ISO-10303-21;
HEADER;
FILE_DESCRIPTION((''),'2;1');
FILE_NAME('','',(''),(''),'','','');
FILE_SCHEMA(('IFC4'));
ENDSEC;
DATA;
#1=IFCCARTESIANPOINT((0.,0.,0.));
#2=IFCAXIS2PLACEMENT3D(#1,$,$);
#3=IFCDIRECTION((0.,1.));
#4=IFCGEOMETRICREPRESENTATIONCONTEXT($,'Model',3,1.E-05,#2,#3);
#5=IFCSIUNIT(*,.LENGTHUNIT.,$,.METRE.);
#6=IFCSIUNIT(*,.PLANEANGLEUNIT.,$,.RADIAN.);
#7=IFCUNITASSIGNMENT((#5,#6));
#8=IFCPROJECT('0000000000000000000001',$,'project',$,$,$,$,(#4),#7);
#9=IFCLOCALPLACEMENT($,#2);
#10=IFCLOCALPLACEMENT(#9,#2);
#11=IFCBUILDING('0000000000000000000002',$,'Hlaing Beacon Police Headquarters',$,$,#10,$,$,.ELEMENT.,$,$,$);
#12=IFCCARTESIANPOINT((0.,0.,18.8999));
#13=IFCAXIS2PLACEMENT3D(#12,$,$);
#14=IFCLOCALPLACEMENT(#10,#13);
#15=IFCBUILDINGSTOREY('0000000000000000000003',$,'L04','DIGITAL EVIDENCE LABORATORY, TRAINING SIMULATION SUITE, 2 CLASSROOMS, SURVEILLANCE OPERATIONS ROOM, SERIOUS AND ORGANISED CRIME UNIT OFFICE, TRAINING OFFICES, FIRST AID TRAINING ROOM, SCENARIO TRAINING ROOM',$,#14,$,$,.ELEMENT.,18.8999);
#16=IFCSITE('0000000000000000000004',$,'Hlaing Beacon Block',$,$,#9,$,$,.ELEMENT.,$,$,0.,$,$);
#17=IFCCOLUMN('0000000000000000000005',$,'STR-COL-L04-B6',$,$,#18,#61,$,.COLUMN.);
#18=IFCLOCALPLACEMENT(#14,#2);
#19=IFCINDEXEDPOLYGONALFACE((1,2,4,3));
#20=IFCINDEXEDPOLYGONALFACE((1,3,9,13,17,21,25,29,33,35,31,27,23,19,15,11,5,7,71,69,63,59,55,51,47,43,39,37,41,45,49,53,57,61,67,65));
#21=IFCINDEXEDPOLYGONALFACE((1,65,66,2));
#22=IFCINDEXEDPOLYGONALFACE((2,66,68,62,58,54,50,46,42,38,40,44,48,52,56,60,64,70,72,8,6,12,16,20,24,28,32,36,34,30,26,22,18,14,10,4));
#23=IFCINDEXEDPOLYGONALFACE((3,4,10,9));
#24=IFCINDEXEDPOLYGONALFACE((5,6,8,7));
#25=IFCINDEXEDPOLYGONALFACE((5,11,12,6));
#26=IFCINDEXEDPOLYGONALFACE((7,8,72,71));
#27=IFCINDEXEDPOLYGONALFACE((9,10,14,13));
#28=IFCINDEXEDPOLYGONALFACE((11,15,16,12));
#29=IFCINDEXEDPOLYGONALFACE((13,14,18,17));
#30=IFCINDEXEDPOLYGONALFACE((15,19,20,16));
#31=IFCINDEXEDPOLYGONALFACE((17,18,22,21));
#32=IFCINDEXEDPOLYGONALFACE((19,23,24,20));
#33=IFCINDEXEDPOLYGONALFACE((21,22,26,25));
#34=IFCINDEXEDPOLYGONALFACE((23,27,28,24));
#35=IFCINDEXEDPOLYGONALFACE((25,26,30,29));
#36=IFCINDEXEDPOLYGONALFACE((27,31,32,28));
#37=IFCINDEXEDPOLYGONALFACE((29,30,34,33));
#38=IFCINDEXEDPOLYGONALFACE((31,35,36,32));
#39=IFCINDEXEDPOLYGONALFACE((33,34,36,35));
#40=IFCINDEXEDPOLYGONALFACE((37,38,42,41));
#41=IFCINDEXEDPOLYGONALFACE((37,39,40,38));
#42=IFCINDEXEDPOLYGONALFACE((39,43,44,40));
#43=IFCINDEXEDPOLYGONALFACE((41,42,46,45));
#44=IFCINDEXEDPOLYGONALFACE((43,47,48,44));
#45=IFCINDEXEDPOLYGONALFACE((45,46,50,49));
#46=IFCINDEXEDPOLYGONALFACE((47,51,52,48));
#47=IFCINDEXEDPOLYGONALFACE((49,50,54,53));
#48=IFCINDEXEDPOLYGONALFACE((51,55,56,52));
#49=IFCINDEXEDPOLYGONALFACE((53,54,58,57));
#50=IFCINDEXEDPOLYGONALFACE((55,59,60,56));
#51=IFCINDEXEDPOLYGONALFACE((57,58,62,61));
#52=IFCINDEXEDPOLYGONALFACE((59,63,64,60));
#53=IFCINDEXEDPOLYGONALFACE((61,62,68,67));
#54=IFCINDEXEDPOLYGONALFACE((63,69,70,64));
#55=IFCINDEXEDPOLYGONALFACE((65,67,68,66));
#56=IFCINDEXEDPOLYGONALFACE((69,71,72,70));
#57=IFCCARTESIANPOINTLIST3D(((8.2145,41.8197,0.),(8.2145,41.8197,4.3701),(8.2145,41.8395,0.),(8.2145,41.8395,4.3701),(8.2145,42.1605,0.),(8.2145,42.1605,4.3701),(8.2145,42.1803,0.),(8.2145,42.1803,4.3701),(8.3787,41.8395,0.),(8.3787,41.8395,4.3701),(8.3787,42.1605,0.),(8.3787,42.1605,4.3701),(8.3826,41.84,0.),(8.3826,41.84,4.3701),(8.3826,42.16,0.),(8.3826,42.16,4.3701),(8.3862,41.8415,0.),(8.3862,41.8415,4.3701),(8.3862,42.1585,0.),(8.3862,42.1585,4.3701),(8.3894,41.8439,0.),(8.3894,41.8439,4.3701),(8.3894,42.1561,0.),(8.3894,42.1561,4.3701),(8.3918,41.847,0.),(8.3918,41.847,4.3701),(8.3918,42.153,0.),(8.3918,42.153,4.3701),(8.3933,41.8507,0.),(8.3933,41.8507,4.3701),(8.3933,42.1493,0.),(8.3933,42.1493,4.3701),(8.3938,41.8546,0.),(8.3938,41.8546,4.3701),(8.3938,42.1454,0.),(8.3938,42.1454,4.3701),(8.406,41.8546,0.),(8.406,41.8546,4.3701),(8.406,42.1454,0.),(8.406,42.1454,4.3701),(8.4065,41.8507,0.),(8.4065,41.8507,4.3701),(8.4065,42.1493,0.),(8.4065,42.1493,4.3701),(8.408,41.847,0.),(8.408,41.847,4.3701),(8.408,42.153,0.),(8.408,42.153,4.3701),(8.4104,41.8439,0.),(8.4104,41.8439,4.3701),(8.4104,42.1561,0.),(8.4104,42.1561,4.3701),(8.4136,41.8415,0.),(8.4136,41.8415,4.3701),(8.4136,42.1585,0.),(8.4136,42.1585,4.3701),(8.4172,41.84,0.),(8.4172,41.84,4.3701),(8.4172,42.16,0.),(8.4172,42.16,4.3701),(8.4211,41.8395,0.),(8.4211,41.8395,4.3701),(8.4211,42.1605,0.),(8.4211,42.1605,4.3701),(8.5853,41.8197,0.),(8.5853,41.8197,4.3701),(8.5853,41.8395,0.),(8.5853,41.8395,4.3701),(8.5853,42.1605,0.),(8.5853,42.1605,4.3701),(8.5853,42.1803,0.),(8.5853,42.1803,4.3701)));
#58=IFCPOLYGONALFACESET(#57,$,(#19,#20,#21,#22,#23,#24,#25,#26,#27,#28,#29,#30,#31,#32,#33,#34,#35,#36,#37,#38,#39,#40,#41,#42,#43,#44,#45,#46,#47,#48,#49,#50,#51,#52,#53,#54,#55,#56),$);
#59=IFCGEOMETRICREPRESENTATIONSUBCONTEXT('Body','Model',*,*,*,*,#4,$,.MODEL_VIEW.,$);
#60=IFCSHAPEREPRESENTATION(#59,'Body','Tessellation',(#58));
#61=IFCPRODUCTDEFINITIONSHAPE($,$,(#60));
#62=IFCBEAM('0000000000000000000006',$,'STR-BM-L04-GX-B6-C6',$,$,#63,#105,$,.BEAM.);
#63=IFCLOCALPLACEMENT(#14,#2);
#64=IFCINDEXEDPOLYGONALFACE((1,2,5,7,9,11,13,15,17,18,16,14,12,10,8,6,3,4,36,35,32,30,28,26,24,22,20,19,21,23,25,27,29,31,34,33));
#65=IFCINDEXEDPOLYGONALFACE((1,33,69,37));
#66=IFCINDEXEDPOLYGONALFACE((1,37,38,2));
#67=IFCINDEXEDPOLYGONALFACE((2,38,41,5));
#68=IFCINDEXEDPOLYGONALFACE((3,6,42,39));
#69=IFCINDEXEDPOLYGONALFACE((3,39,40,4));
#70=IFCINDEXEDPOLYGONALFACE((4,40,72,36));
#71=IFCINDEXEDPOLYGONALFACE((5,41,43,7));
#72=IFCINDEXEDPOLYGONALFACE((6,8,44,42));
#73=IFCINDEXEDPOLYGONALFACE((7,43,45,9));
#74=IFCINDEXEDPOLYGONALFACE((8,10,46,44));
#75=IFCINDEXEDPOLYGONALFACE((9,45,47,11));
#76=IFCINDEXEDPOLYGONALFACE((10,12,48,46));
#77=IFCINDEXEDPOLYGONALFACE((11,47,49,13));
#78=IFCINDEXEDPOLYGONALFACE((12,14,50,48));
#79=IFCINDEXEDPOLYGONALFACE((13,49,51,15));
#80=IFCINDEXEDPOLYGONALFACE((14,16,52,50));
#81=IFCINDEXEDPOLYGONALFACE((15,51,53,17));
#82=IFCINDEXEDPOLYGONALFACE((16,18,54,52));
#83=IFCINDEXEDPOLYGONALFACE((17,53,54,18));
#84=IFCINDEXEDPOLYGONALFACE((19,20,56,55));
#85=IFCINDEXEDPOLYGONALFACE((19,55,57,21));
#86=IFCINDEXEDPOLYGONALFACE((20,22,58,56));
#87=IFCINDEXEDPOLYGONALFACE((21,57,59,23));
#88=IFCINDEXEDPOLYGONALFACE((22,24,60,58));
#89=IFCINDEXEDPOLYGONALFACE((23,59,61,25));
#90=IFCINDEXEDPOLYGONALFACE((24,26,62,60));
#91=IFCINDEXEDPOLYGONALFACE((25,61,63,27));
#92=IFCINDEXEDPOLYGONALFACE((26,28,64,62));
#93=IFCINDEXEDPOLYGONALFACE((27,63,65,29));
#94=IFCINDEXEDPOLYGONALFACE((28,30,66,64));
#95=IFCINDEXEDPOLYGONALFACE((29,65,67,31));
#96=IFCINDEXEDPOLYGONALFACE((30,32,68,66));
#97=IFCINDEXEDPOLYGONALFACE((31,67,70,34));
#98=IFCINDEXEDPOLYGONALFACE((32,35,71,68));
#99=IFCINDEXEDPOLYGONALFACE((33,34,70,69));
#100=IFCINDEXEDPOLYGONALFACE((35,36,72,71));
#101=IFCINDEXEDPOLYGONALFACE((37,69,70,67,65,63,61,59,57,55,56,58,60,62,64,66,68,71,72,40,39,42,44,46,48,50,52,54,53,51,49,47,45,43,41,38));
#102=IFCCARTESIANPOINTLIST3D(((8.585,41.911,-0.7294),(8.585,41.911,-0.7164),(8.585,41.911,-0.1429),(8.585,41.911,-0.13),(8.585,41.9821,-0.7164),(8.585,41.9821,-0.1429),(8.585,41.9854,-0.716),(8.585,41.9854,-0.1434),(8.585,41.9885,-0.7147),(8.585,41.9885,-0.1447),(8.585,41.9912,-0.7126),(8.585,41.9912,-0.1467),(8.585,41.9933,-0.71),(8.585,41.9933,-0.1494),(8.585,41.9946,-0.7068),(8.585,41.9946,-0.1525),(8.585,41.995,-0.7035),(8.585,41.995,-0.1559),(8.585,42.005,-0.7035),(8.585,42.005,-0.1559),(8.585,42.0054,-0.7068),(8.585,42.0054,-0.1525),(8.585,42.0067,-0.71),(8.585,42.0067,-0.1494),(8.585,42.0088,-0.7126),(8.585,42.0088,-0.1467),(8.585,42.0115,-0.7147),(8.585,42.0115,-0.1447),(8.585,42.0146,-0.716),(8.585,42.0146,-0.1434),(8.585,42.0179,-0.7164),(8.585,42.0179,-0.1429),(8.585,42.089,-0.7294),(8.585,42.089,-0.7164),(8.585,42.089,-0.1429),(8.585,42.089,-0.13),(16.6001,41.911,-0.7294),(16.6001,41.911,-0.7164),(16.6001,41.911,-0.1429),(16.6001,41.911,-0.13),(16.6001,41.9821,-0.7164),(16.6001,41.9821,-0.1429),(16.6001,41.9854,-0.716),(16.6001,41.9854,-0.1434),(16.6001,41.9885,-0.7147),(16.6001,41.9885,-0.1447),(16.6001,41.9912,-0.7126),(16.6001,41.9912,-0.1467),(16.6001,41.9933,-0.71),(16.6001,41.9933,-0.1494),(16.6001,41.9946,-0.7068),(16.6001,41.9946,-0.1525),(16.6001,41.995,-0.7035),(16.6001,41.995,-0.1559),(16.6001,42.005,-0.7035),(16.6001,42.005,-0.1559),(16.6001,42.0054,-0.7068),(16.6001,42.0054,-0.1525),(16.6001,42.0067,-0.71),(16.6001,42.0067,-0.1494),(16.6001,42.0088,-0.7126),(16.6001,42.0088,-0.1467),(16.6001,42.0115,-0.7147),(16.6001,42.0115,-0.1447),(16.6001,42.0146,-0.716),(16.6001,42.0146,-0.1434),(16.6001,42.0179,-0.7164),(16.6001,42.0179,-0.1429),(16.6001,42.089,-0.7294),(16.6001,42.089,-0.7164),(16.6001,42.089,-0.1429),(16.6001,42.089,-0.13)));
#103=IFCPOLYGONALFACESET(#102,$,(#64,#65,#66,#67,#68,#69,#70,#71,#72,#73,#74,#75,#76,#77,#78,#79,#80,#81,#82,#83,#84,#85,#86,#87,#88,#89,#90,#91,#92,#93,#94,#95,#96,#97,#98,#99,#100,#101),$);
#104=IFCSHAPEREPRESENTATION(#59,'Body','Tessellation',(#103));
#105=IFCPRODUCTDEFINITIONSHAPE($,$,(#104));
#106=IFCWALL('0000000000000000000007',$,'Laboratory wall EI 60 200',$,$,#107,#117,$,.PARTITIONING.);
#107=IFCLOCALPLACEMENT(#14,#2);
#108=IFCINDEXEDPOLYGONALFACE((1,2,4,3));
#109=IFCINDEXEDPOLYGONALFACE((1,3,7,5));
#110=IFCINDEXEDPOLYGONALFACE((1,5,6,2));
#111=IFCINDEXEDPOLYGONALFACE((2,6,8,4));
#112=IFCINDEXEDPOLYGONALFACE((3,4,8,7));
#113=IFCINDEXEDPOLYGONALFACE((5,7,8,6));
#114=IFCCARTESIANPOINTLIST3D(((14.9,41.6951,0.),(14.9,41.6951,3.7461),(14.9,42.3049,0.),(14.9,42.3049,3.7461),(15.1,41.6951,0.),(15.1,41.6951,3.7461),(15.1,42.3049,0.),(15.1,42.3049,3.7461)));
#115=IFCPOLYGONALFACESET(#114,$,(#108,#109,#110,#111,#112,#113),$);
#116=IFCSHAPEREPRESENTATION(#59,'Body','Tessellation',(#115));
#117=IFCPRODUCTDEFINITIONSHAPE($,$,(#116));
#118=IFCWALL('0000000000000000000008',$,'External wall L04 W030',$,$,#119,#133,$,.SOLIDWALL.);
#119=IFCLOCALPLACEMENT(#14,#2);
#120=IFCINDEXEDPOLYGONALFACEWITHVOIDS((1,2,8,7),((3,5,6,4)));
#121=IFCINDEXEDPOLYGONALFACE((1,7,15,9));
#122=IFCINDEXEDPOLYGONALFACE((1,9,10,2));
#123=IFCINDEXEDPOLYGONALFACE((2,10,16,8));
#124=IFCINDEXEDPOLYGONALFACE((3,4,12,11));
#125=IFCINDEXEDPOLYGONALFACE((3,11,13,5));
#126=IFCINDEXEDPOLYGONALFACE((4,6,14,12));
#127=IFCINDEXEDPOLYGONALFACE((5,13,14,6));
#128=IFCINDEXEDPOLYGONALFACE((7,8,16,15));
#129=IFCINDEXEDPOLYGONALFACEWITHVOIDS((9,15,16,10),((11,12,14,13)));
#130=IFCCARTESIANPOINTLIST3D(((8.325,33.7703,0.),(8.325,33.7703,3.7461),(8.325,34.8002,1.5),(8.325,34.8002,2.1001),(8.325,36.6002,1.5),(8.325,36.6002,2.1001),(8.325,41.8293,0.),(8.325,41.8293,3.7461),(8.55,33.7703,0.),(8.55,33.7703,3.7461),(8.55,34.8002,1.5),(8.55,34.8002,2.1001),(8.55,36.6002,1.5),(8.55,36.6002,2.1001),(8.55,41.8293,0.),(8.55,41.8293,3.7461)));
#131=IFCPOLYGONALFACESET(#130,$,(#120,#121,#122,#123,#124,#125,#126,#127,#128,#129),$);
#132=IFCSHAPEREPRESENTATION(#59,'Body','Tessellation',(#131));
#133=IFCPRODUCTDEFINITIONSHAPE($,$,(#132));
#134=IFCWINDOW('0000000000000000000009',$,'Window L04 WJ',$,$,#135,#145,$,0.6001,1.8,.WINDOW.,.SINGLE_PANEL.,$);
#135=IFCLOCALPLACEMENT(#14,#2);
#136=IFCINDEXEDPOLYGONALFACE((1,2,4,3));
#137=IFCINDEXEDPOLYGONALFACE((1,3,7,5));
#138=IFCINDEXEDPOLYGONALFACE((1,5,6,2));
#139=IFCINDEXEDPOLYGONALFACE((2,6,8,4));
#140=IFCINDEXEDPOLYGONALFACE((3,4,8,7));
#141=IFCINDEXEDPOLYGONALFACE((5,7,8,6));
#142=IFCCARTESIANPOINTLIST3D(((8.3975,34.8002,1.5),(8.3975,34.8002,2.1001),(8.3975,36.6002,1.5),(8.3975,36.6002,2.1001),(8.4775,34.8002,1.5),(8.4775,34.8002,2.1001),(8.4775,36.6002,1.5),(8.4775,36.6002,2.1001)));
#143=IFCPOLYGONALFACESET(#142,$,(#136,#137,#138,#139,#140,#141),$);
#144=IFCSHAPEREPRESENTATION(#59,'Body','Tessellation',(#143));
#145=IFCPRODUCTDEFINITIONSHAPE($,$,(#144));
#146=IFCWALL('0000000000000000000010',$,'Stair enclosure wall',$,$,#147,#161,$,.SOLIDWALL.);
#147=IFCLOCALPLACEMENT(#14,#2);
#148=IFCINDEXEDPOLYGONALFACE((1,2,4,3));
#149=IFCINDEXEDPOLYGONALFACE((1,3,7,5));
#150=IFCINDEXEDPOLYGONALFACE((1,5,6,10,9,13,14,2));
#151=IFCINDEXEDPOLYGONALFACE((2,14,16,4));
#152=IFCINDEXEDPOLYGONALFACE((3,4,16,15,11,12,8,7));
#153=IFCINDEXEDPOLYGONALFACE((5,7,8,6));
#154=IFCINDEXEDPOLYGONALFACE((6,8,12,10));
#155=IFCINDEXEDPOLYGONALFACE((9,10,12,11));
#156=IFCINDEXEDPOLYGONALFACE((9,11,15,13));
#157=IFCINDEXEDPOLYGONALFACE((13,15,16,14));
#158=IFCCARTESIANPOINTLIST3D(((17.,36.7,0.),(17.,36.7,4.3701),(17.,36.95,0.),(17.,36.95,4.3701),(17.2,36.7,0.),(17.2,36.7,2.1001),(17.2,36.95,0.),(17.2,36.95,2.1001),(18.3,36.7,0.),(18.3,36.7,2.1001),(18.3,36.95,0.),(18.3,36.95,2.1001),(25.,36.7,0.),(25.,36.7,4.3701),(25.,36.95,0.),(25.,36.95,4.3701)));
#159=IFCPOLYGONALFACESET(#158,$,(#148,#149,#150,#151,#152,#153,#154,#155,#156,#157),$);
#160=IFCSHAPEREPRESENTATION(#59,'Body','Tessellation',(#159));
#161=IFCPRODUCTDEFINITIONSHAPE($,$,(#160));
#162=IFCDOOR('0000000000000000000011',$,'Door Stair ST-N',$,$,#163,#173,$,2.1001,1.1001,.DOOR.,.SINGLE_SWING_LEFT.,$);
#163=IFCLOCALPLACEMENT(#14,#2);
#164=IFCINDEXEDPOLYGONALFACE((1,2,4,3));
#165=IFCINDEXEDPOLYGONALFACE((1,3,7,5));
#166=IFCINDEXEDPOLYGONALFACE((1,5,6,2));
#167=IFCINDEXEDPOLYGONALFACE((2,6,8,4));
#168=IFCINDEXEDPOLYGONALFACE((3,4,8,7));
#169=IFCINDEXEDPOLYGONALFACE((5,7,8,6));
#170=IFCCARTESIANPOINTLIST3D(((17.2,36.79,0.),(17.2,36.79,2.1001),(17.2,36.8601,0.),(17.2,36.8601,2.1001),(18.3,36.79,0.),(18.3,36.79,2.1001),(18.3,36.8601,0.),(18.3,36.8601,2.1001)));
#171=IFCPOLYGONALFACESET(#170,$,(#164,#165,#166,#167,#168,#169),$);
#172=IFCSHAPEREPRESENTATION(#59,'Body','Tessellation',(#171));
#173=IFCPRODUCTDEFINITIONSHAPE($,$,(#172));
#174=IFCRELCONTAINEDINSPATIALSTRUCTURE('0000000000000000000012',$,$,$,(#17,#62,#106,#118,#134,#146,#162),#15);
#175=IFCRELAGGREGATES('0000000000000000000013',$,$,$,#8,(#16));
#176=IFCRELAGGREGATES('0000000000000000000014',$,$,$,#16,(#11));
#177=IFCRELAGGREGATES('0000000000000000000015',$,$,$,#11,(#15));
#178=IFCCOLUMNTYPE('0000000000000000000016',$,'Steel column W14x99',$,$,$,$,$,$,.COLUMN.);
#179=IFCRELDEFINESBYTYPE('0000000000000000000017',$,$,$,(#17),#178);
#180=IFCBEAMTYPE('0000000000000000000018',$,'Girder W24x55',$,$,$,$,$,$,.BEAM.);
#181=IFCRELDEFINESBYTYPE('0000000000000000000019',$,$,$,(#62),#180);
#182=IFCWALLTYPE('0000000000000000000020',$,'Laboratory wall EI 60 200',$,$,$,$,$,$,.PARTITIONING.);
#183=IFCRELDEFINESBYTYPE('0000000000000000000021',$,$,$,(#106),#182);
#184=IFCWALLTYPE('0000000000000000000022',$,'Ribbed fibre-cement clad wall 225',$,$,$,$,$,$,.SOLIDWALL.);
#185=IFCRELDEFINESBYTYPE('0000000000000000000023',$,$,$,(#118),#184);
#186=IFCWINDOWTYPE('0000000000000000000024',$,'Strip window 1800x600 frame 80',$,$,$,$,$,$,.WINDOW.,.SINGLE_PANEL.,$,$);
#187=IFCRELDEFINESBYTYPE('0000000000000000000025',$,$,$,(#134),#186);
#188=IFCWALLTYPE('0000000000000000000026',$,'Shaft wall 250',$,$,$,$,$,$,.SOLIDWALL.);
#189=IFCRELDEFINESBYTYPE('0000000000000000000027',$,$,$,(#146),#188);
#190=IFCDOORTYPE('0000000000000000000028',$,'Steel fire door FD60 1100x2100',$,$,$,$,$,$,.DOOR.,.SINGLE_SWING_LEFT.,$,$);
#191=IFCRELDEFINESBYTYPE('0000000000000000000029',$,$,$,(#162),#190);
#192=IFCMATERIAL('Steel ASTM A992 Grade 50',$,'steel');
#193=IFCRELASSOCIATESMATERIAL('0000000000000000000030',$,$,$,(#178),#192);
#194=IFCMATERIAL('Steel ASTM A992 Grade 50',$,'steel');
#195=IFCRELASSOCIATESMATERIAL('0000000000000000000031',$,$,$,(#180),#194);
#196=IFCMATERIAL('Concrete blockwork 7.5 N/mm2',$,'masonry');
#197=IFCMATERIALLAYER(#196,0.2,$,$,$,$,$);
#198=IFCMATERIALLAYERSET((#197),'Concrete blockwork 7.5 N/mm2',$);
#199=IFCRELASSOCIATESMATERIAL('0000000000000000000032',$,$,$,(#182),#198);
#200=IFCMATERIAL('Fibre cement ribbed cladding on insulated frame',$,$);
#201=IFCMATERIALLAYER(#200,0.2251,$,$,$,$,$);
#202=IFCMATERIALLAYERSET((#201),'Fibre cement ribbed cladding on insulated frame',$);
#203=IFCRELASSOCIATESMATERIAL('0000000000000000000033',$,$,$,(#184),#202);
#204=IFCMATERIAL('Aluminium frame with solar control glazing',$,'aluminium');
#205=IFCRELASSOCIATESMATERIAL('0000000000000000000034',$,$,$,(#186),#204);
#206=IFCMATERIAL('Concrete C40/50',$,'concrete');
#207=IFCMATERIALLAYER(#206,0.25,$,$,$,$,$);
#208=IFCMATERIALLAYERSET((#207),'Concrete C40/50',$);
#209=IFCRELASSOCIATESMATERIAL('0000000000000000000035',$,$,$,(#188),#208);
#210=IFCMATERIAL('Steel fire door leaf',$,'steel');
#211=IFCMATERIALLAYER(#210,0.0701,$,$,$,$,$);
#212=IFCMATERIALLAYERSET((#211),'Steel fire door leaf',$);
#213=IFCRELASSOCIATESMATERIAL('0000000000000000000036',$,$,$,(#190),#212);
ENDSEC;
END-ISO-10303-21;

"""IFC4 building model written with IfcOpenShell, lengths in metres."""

from ifc_helpers import new_model, si_unit, direction, frame, frame_2d, origin, origin_2d, place, context, subcontext, project, spatial, rectangle, i_section, extrude, material, layer, layer_set, material_profile, profile_set, type_object, element, fill, save


model = new_model("IFC4")

# Units and contexts
model_context = context("Model", 3, precision=1e-05, world=origin(), true_north=direction((0.0, 1.0)))
body_context = subcontext(model_context, "Body", "Model", "MODEL_VIEW")
ifc_project = project(units=[si_unit("LENGTHUNIT", "METRE"), si_unit("PLANEANGLEUNIT", "RADIAN")], contexts=[model_context])

# Site, building, storey
site_placement = place(None, origin())
site = spatial("IfcSite", under=ifc_project, at=site_placement, Name="Hlaing Beacon Block", CompositionType="ELEMENT", RefElevation=0.0)
building_placement = place(site_placement, origin())
building = spatial("IfcBuilding", under=site, at=building_placement, Name="Hlaing Beacon Police Headquarters", CompositionType="ELEMENT")
storey_placement = place(building_placement, frame((0.0, 0.0, 18.8999)))
storey = spatial("IfcBuildingStorey", under=building, at=storey_placement, Name="L04", Description="DIGITAL EVIDENCE LABORATORY, TRAINING SIMULATION SUITE, 2 CLASSROOMS, SURVEILLANCE OPERATIONS ROOM, SERIOUS AND ORGANISED CRIME UNIT OFFICE, TRAINING OFFICES, FIRST AID TRAINING ROOM, SCENARIO TRAINING ROOM", CompositionType="ELEMENT", Elevation=18.8999)

# Column
ifc_material_1 = material(Name="Steel ASTM A992 Grade 50", Category="steel")
ifc_material_profile_1 = material_profile(ifc_material_1, i_section(OverallWidth=0.3708, OverallDepth=0.3606, WebThickness=0.0122, FlangeThickness=0.0198, FilletRadius=0.0151, at=origin_2d()), Name="W14x99")
ifc_profile_set_1 = profile_set([ifc_material_profile_1], Name="Steel ASTM A992 Grade 50")
column_type = type_object("IfcColumnType", Name="Steel column W14x99", PredefinedType="COLUMN", material=ifc_profile_set_1)
column_placement = place(storey_placement, frame((8.3999, 42.0, 0.0), z_axis=(0.0, 0.0, 1.0), x_axis=(1.0, 0.0, 0.0)))
element("IfcColumn", 1, at=column_placement, inside=storey, type_object=column_type, Name="STR-COL-L04-B6", PredefinedType="COLUMN", context=body_context, shape_type="SweptSolid", body=[
    extrude(i_section(OverallWidth=0.3708, OverallDepth=0.3606, WebThickness=0.0122, FlangeThickness=0.0198, FilletRadius=0.0151, at=origin_2d()), origin(), (0.0, 0.0, 1.0), 4.3701),
])

# Beam
ifc_material_2 = material(Name="Steel ASTM A992 Grade 50", Category="steel")
ifc_material_profile_2 = material_profile(ifc_material_2, i_section(OverallWidth=0.178, OverallDepth=0.5994, WebThickness=0.01, FlangeThickness=0.0129, FilletRadius=0.0129, at=origin_2d()), Name="W24x55")
ifc_profile_set_2 = profile_set([ifc_material_profile_2], Name="Steel ASTM A992 Grade 50")
beam_type = type_object("IfcBeamType", Name="Girder W24x55", PredefinedType="BEAM", material=ifc_profile_set_2)
beam_placement = place(storey_placement, frame((8.585, 42.0, -0.4297), z_axis=(1.0, 0.0, 0.0), x_axis=(0.0, 1.0, 0.0)))
element("IfcBeam", 2, at=beam_placement, inside=storey, type_object=beam_type, Name="STR-BM-L04-GX-B6-C6", PredefinedType="BEAM", context=body_context, shape_type="SweptSolid", body=[
    extrude(i_section(OverallWidth=0.178, OverallDepth=0.5994, WebThickness=0.01, FlangeThickness=0.0129, FilletRadius=0.0129, at=origin_2d()), origin(), (0.0, 0.0, 1.0), 8.0151),
])

# Wall
ifc_material_3 = material(Name="Concrete blockwork 7.5 N/mm2", Category="masonry")
ifc_layer_1 = layer(ifc_material_3, 0.2)
ifc_layer_set_1 = layer_set([ifc_layer_1], Name="Concrete blockwork 7.5 N/mm2")
wall_type_1 = type_object("IfcWallType", Name="Laboratory wall EI 60 200", PredefinedType="PARTITIONING", material=ifc_layer_set_1)
wall_1_placement = place(storey_placement, frame((15.0, 41.6951, 0.0), z_axis=(0.0, 0.0, 1.0), x_axis=(0.0, 1.0, 0.0)))
element("IfcWall", 3, at=wall_1_placement, inside=storey, type_object=wall_type_1, Name="Laboratory wall EI 60 200", PredefinedType="PARTITIONING", context=body_context, shape_type="SweptSolid", body=[
    extrude(rectangle(XDim=0.6099, YDim=0.2, at=frame_2d((0.3049, 0.0))), origin(), (0.0, 0.0, 1.0), 3.7461),
])

# Wall, opening, window
ifc_material_4 = material(Name="Fibre cement ribbed cladding on insulated frame")
ifc_layer_2 = layer(ifc_material_4, 0.2251)
ifc_layer_set_2 = layer_set([ifc_layer_2], Name="Fibre cement ribbed cladding on insulated frame")
wall_type_2 = type_object("IfcWallType", Name="Ribbed fibre-cement clad wall 225", PredefinedType="SOLIDWALL", material=ifc_layer_set_2)
wall_2_placement = place(storey_placement, frame((8.4375, 41.8293, 0.0), z_axis=(0.0, 0.0, 1.0), x_axis=(0.0, -1.0, 0.0)))
wall_2 = element("IfcWall", 4, at=wall_2_placement, inside=storey, type_object=wall_type_2, Name="External wall L04 W030", PredefinedType="SOLIDWALL", context=body_context, shape_type="SweptSolid", body=[
    extrude(rectangle(XDim=8.0591, YDim=0.2251, at=frame_2d((4.0295, 0.0))), origin(), (0.0, 0.0, 1.0), 3.7461),
])
opening_1_placement = place(wall_2_placement, frame((5.2292, 0.0, 1.5)))
opening_1 = element("IfcOpeningElement", 5, at=opening_1_placement, cuts=wall_2, PredefinedType="OPENING", context=body_context, shape_type="SweptSolid", body=[
    extrude(rectangle(XDim=1.8, YDim=0.6001, at=frame_2d((0.8999, 0.3))), frame((0.0, 0.1226, 0.0), z_axis=(0.0, -1.0, 0.0), x_axis=(1.0, 0.0, 0.0)), (0.0, 0.0, 1.0), 0.2451),
])
ifc_material_5 = material(Name="Aluminium frame with solar control glazing", Category="aluminium")
window_type = type_object("IfcWindowType", Name="Strip window 1800x600 frame 80", PartitioningType="SINGLE_PANEL", PredefinedType="WINDOW", material=ifc_material_5)
window_placement = place(opening_1_placement, origin())
window = element("IfcWindow", 6, at=window_placement, inside=storey, type_object=window_type, Name="Window L04 WJ", OverallHeight=0.6001, OverallWidth=1.8, PartitioningType="SINGLE_PANEL", PredefinedType="WINDOW", context=body_context, shape_type="SweptSolid", body=[
    extrude(rectangle(XDim=1.8, YDim=0.6001, at=frame_2d((0.8999, 0.3))), frame((0.0, 0.04, 0.0), z_axis=(0.0, -1.0, 0.0), x_axis=(1.0, 0.0, 0.0)), (0.0, 0.0, 1.0), 0.0801),
])
fill(opening_1, window)

# Wall, opening, door
ifc_material_6 = material(Name="Concrete C40/50", Category="concrete")
ifc_layer_3 = layer(ifc_material_6, 0.25)
ifc_layer_set_3 = layer_set([ifc_layer_3], Name="Concrete C40/50")
wall_type_3 = type_object("IfcWallType", Name="Shaft wall 250", PredefinedType="SOLIDWALL", material=ifc_layer_set_3)
wall_3_placement = place(storey_placement, frame((17.0, 36.825, 0.0), z_axis=(0.0, 0.0, 1.0), x_axis=(1.0, 0.0, 0.0)))
wall_3 = element("IfcWall", 7, at=wall_3_placement, inside=storey, type_object=wall_type_3, Name="Stair enclosure wall", PredefinedType="SOLIDWALL", context=body_context, shape_type="SweptSolid", body=[
    extrude(rectangle(XDim=8.0, YDim=0.25, at=frame_2d((4.0, 0.0))), origin(), (0.0, 0.0, 1.0), 4.3701),
])
opening_2_placement = place(wall_3_placement, frame((0.2, 0.0, 0.0)))
opening_2 = element("IfcOpeningElement", 8, at=opening_2_placement, cuts=wall_3, PredefinedType="OPENING", context=body_context, shape_type="SweptSolid", body=[
    extrude(rectangle(XDim=1.1001, YDim=2.1001, at=frame_2d((0.55, 1.05))), frame((0.0, 0.135, 0.0), z_axis=(0.0, -1.0, 0.0), x_axis=(1.0, 0.0, 0.0)), (0.0, 0.0, 1.0), 0.27),
])
ifc_material_7 = material(Name="Steel fire door leaf", Category="steel")
ifc_layer_4 = layer(ifc_material_7, 0.0701)
ifc_layer_set_4 = layer_set([ifc_layer_4], Name="Steel fire door leaf")
door_type_1 = type_object("IfcDoorType", Name="Steel fire door FD60 1100x2100", OperationType="SINGLE_SWING_LEFT", PredefinedType="DOOR", material=ifc_layer_set_4)
door_1_placement = place(opening_2_placement, frame((1.1001, 0.0, 0.0), z_axis=(0.0, 0.0, 1.0), x_axis=(-1.0, 0.0, 0.0)))
door_1 = element("IfcDoor", 9, at=door_1_placement, inside=storey, type_object=door_type_1, Name="Door Stair ST-N", OperationType="SINGLE_SWING_LEFT", OverallHeight=2.1001, OverallWidth=1.1001, PredefinedType="DOOR", context=body_context, shape_type="SweptSolid", body=[
    extrude(rectangle(XDim=1.1001, YDim=2.1001, at=frame_2d((0.55, 1.05))), frame((0.0, 0.0349, 0.0), z_axis=(0.0, -1.0, 0.0), x_axis=(1.0, 0.0, 0.0)), (0.0, 0.0, 1.0), 0.0701),
])
fill(opening_2, door_1)

save(model, "model.ifc")
